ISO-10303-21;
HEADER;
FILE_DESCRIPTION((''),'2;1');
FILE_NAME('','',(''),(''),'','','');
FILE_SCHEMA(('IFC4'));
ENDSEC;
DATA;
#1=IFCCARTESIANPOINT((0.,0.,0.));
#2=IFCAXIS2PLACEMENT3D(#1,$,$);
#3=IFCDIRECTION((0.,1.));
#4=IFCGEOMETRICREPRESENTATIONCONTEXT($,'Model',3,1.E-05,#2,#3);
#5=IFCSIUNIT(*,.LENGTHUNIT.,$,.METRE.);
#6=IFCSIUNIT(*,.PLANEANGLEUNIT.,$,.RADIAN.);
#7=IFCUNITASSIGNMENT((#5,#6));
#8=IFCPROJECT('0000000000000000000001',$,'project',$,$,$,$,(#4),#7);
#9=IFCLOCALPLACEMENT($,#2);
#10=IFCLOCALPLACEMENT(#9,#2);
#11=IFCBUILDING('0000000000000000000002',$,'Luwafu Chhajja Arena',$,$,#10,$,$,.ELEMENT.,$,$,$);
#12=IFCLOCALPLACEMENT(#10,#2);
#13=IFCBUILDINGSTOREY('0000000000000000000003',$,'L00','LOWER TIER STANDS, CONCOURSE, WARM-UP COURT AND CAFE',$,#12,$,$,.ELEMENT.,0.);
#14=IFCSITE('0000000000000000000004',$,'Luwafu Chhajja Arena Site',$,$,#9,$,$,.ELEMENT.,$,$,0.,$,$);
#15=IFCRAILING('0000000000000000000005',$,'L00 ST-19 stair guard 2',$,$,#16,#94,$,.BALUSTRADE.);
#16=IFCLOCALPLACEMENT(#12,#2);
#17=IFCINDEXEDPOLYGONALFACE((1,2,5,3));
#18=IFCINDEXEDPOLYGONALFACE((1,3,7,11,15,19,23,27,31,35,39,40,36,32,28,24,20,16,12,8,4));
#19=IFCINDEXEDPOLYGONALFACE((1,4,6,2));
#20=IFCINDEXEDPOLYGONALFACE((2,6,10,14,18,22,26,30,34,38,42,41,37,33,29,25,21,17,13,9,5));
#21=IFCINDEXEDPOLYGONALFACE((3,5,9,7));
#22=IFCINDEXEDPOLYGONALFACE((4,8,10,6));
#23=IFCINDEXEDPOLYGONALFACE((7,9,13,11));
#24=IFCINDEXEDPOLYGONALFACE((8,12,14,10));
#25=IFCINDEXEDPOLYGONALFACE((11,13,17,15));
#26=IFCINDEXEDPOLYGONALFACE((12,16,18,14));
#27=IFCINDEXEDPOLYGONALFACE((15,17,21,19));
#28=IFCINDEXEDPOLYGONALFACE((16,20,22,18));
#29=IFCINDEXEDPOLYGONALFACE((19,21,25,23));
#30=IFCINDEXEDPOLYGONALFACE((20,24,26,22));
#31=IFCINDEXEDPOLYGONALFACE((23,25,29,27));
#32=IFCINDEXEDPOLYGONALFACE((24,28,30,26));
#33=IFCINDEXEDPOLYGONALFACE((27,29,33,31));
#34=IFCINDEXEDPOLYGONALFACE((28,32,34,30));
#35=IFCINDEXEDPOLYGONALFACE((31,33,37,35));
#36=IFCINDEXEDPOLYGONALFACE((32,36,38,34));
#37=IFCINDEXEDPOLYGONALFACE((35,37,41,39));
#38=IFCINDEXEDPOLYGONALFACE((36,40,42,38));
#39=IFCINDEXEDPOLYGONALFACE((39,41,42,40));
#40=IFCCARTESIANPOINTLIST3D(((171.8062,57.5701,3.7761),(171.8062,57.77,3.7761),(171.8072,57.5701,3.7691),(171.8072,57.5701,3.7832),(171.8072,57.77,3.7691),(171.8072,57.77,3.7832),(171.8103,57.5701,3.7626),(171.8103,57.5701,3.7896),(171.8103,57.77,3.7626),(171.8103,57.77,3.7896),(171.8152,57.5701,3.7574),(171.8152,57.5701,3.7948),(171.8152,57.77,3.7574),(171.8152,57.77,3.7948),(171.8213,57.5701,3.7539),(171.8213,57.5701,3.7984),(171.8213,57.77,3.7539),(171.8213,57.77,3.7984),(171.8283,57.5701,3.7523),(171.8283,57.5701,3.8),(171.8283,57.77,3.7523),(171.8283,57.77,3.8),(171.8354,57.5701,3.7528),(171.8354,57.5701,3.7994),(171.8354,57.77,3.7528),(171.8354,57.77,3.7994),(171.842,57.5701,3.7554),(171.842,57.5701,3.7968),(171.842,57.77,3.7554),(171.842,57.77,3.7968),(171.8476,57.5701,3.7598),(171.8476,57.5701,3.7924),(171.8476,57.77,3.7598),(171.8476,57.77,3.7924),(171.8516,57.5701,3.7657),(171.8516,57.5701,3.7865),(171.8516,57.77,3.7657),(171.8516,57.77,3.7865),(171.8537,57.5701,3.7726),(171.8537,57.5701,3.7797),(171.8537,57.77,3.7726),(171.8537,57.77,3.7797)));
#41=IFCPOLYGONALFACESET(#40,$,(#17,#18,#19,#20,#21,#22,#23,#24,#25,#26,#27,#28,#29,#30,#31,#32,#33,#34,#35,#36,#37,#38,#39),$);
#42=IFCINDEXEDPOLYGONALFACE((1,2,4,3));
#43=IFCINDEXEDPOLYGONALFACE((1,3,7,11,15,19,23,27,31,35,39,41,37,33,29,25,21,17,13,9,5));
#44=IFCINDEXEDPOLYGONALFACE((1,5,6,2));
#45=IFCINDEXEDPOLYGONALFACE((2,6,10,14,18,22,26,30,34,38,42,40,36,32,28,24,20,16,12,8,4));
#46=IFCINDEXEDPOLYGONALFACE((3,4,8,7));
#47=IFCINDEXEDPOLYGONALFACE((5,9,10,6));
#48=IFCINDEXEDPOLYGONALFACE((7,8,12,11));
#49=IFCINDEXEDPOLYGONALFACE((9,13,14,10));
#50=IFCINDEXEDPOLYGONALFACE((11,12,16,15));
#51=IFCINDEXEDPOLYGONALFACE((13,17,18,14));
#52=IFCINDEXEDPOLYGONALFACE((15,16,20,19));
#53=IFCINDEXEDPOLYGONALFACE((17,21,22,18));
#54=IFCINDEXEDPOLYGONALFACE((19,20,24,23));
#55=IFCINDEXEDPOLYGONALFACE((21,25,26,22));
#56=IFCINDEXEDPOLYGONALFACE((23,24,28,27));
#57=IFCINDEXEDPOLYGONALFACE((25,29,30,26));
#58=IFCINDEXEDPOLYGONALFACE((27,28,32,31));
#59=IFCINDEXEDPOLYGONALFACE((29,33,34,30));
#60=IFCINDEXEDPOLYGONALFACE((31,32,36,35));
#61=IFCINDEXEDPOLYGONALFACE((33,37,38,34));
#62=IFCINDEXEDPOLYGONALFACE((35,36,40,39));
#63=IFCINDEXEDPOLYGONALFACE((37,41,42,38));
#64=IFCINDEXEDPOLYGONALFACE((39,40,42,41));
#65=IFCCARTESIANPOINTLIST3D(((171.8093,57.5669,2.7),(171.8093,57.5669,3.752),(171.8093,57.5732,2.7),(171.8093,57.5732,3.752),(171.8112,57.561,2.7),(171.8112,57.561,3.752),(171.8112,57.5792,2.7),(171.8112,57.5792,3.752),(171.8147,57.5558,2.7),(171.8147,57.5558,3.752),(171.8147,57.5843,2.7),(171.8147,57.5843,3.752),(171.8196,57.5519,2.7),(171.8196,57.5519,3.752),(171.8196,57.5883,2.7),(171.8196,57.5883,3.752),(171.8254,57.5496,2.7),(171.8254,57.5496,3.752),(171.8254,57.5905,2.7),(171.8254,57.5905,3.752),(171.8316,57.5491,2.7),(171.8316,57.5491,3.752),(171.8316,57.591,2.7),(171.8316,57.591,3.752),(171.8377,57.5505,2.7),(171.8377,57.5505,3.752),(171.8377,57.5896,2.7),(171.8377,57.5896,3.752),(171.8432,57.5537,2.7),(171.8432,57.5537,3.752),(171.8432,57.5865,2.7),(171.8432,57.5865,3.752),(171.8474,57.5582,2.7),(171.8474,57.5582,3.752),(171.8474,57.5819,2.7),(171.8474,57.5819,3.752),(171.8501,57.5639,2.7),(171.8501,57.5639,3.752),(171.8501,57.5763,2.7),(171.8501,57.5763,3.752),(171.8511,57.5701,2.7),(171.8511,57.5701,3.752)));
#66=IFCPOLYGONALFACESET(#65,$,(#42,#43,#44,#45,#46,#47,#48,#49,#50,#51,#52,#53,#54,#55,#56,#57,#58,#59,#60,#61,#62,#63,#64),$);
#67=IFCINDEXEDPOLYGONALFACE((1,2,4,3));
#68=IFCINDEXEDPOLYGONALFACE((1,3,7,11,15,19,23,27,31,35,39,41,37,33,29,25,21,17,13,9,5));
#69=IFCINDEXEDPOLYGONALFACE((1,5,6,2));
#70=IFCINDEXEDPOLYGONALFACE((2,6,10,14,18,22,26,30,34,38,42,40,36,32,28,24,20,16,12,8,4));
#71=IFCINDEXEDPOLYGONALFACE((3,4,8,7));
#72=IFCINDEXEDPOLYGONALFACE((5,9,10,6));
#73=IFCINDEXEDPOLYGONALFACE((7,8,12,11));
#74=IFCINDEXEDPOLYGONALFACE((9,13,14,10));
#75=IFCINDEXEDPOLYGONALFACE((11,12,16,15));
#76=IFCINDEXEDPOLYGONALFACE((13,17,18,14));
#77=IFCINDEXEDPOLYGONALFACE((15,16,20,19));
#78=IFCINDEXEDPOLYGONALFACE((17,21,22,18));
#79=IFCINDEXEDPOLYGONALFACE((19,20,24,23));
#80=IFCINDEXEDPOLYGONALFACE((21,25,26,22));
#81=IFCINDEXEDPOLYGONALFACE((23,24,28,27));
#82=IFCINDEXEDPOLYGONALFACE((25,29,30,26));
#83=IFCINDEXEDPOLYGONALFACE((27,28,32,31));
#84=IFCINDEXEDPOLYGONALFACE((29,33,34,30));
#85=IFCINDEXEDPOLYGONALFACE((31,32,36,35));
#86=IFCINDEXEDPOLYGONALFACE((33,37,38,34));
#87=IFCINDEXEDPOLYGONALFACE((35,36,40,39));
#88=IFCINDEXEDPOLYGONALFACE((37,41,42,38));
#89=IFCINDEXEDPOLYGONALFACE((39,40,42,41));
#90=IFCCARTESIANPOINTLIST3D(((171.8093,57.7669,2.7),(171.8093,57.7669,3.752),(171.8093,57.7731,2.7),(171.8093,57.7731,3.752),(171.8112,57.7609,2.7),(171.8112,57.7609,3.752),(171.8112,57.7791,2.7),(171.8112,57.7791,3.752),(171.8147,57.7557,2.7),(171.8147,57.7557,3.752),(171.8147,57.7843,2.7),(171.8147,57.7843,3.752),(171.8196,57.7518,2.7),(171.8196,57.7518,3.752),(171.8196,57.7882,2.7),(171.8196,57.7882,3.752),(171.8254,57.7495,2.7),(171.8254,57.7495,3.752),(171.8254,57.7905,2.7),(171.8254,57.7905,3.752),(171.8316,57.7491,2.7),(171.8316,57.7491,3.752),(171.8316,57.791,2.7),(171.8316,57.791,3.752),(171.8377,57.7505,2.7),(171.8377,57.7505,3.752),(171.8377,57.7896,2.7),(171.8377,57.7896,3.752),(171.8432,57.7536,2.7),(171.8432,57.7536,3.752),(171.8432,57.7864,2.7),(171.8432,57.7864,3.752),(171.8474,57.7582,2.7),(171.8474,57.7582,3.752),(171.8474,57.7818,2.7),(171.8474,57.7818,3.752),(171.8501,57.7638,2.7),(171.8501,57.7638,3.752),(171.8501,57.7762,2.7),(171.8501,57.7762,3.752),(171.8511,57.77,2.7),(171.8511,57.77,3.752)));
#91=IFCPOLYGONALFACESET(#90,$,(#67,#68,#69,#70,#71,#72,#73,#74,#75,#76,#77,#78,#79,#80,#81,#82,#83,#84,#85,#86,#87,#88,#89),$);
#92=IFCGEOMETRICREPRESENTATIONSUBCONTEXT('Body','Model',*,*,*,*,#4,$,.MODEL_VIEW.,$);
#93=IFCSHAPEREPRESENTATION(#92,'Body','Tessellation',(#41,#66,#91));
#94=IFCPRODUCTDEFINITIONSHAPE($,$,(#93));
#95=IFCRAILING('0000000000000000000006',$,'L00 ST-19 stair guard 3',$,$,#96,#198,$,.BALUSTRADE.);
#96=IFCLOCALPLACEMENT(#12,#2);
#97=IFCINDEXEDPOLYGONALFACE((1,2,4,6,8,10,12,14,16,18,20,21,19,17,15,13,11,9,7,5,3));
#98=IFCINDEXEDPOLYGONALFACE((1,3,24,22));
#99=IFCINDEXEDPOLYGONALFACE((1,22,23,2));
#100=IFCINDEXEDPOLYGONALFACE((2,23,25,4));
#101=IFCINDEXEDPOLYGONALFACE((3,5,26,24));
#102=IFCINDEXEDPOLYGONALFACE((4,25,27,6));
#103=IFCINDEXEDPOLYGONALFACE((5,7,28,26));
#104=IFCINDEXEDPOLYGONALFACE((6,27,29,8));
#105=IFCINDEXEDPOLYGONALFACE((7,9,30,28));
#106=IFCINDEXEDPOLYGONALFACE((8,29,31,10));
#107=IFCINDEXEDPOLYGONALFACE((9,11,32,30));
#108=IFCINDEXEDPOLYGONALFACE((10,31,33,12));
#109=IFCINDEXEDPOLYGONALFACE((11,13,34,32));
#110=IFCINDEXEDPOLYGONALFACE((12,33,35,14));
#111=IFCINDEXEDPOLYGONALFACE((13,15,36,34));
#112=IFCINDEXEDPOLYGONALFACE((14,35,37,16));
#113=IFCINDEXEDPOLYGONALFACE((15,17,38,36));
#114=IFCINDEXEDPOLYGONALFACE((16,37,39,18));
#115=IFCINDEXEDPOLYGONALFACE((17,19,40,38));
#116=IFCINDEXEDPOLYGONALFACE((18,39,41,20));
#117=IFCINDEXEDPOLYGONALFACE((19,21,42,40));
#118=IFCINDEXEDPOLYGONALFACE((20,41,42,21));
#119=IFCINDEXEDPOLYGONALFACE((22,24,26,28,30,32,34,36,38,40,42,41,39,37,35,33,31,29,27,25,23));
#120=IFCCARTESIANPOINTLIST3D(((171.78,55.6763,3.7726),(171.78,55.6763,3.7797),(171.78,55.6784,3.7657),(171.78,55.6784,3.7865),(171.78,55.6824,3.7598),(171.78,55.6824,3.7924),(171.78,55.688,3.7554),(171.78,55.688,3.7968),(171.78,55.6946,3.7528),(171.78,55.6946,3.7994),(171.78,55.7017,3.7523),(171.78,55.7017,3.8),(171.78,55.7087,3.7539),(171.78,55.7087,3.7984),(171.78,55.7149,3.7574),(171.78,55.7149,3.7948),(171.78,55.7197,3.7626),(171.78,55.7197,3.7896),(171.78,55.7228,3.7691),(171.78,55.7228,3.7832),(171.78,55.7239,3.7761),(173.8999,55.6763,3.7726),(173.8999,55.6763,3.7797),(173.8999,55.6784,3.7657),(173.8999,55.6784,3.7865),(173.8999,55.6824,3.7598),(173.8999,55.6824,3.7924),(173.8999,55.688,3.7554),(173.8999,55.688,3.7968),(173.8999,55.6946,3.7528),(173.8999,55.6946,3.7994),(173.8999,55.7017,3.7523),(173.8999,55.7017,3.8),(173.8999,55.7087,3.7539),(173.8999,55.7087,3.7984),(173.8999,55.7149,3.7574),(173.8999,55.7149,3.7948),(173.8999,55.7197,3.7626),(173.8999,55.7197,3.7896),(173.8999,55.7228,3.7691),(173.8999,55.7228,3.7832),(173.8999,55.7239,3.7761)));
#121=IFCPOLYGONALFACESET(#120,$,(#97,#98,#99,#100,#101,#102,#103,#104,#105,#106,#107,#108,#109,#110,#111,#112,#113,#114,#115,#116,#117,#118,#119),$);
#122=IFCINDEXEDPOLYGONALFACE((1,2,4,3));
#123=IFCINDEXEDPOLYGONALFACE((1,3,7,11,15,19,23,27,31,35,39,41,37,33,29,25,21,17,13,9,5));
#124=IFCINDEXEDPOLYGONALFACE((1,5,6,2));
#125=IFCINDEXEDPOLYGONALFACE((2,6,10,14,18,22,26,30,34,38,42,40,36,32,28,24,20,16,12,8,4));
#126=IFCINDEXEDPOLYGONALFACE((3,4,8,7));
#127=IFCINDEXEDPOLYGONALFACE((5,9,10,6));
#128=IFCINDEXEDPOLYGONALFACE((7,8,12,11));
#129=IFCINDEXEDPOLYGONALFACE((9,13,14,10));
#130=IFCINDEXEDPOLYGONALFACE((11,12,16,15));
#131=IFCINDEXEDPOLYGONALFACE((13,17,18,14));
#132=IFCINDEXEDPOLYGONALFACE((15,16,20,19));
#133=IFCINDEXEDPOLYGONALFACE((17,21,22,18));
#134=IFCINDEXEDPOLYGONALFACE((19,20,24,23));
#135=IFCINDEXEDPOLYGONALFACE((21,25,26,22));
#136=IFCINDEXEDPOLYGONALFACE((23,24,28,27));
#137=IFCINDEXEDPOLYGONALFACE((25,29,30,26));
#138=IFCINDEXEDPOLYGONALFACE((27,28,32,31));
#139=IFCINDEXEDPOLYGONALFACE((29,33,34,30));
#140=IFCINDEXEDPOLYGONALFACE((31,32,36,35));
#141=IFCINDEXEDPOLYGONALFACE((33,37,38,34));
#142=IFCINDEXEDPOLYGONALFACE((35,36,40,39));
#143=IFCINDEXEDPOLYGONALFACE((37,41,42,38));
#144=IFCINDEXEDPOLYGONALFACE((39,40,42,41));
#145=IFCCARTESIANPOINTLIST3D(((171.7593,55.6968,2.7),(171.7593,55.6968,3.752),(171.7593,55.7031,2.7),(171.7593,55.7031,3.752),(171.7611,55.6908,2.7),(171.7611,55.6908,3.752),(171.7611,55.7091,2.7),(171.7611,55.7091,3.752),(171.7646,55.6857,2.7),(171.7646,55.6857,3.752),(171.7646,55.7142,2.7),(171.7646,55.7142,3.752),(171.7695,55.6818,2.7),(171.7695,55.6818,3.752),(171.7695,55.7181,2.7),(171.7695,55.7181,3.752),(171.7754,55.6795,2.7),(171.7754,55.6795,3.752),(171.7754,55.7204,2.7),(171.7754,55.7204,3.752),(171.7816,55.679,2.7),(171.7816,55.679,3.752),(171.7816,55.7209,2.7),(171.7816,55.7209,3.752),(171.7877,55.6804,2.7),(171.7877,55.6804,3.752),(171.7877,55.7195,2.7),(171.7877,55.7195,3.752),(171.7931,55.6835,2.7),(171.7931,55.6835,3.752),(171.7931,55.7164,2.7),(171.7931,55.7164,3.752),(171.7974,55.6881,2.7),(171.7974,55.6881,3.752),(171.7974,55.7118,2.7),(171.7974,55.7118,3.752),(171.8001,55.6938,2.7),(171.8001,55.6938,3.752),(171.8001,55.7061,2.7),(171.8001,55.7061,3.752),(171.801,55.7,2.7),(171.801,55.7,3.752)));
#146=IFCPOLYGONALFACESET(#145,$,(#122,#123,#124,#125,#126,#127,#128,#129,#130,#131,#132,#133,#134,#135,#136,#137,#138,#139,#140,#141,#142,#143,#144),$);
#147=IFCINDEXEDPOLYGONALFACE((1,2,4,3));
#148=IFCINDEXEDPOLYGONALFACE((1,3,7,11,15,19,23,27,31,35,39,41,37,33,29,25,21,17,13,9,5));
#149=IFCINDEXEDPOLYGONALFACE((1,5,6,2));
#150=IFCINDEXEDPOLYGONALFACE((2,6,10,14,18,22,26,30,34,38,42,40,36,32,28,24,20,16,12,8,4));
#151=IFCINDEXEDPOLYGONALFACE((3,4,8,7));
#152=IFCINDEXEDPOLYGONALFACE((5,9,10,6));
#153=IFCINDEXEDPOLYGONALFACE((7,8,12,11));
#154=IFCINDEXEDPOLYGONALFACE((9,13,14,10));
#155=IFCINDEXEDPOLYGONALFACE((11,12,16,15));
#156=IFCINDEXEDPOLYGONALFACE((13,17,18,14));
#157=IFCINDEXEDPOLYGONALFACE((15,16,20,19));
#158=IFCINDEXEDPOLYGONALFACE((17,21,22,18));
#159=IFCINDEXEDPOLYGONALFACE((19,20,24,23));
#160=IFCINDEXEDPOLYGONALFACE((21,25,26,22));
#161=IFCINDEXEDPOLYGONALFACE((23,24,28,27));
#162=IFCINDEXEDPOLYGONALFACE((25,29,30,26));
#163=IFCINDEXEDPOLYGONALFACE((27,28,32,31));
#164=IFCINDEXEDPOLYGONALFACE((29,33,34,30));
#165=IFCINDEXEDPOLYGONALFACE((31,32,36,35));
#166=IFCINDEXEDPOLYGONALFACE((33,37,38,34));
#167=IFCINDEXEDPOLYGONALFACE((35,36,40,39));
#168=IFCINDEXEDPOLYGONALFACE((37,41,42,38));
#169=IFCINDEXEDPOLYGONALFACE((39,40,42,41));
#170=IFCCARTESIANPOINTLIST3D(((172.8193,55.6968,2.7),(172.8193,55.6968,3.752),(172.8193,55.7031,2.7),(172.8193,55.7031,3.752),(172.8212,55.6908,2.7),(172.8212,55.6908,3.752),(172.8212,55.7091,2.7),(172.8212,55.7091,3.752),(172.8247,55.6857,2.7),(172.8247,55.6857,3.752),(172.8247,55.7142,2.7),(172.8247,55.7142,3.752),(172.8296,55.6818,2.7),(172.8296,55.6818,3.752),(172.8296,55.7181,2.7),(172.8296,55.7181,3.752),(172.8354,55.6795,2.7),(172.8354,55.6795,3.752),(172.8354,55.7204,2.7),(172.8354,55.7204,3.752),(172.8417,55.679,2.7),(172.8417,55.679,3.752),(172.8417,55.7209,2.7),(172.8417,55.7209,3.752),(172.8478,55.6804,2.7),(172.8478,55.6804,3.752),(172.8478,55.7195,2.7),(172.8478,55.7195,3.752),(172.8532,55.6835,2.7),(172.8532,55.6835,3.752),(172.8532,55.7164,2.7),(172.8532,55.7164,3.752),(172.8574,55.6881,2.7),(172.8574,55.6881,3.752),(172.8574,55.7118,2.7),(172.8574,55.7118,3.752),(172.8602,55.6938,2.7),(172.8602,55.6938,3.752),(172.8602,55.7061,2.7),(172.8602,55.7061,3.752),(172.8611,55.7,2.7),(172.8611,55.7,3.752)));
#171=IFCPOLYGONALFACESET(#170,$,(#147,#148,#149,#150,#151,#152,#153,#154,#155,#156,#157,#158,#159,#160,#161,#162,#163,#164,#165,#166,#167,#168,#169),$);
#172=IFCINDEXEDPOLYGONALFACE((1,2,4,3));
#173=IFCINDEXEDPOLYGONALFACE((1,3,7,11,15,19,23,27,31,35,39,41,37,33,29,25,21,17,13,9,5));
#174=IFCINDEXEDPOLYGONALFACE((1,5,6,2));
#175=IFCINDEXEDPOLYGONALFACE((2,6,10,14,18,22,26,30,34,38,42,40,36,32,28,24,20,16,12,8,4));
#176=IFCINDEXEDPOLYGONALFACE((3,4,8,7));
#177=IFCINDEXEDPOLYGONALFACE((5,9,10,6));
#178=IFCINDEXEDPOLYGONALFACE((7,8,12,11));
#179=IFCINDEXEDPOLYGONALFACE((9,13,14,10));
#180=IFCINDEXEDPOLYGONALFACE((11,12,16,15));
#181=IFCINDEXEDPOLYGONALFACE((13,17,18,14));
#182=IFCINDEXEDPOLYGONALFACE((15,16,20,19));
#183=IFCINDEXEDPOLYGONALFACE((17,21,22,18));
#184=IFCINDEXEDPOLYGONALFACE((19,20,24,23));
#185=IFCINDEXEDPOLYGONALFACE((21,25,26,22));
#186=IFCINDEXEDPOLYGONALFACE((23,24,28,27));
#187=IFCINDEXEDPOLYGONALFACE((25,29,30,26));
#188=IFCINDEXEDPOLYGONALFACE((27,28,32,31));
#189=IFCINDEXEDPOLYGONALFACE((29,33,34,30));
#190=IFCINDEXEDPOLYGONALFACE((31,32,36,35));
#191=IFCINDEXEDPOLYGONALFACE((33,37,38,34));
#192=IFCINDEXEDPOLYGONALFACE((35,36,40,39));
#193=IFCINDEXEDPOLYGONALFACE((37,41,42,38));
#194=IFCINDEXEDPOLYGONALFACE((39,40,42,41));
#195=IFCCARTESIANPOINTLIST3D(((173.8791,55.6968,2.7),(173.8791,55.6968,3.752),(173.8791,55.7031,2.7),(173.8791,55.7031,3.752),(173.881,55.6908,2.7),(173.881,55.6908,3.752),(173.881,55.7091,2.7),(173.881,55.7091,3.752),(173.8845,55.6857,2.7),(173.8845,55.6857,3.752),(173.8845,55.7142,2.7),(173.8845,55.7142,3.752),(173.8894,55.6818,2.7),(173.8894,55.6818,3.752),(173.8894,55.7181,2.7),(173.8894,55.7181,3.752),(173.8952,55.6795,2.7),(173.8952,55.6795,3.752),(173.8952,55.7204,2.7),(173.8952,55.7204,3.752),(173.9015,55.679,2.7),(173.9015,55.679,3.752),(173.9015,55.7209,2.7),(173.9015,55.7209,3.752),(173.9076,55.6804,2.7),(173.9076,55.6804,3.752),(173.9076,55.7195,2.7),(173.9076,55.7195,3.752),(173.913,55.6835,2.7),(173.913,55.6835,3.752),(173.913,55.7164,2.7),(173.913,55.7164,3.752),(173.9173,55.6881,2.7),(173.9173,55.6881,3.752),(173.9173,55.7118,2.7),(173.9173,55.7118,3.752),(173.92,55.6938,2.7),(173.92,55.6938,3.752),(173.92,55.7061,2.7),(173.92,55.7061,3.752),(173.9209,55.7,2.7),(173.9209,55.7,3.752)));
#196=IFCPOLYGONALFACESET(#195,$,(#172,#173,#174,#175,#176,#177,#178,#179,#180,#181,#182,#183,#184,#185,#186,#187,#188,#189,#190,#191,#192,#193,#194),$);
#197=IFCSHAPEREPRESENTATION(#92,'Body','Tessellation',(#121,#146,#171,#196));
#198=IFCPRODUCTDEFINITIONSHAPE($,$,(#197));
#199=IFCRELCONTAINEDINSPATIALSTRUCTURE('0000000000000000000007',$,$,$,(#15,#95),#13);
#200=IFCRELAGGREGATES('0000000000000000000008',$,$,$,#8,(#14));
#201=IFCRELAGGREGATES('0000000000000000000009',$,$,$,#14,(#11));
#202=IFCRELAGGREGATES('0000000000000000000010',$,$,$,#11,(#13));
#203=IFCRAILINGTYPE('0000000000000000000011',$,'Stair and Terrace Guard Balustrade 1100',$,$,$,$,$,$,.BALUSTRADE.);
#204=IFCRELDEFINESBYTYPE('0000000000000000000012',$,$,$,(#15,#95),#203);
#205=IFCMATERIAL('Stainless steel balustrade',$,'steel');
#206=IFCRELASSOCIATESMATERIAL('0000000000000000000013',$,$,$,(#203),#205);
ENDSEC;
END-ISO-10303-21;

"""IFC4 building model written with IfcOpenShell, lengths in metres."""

from ifc_helpers import new_model, si_unit, direction, frame, origin, origin_2d, place, context, subcontext, project, spatial, circle, extrude, material, type_object, element, save


model = new_model("IFC4")

# Units and contexts
model_context = context("Model", 3, precision=1e-05, world=origin(), true_north=direction((0.0, 1.0)))
body_context = subcontext(model_context, "Body", "Model", "MODEL_VIEW")
ifc_project = project(units=[si_unit("LENGTHUNIT", "METRE"), si_unit("PLANEANGLEUNIT", "RADIAN")], contexts=[model_context])

# Site, building, storey
site_placement = place(None, origin())
site = spatial("IfcSite", under=ifc_project, at=site_placement, Name="Luwafu Chhajja Arena Site", CompositionType="ELEMENT", RefElevation=0.0)
building_placement = place(site_placement, origin())
building = spatial("IfcBuilding", under=site, at=building_placement, Name="Luwafu Chhajja Arena", CompositionType="ELEMENT")
storey_placement = place(building_placement, origin())
storey = spatial("IfcBuildingStorey", under=building, at=storey_placement, Name="L00", Description="LOWER TIER STANDS, CONCOURSE, WARM-UP COURT AND CAFE", CompositionType="ELEMENT", Elevation=0.0)

# Railings
ifc_material_1 = material(Name="Stainless steel balustrade", Category="steel")
railing_type_1 = type_object("IfcRailingType", Name="Stair and Terrace Guard Balustrade 1100", PredefinedType="BALUSTRADE", material=ifc_material_1)
railing_1_placement = place(storey_placement, frame((171.8301, 57.5701, 2.7)))
element("IfcRailing", 1, at=railing_1_placement, inside=storey, type_object=railing_type_1, Name="L00 ST-19 stair guard 2", PredefinedType="BALUSTRADE", context=body_context, shape_type="SweptSolid", body=[
    extrude(circle(Radius=0.0239, at=origin_2d()), frame((0.0, 0.0, 1.0762), z_axis=(0.0, 1.0, 0.0), x_axis=(-1.0, 0.0, 0.0)), (0.0, 0.0, 1.0), 0.2),
    extrude(circle(Radius=0.021, at=origin_2d()), origin(), (0.0, 0.0, 1.0), 1.052),
    extrude(circle(Radius=0.021, at=origin_2d()), frame((0.0, 0.2, 0.0)), (0.0, 0.0, 1.0), 1.052),
])
for number, where, name in (
    (2, (171.78, 55.7, 2.7), "L00 ST-19 stair guard 3"),
):
    element("IfcRailing", number, at=place(storey_placement, frame(where)), inside=storey, type_object=railing_type_1, Name=name, PredefinedType="BALUSTRADE", context=body_context, shape_type="SweptSolid", body=[
        extrude(circle(Radius=0.0239, at=origin_2d()), frame((0.0, 0.0, 1.0762), z_axis=(1.0, 0.0, 0.0), x_axis=(0.0, 1.0, 0.0)), (0.0, 0.0, 1.0), 2.1199),
        extrude(circle(Radius=0.021, at=origin_2d()), origin(), (0.0, 0.0, 1.0), 1.052),
        extrude(circle(Radius=0.021, at=origin_2d()), frame((1.0601, 0.0, 0.0)), (0.0, 0.0, 1.0), 1.052),
        extrude(circle(Radius=0.021, at=origin_2d()), frame((2.1199, 0.0, 0.0)), (0.0, 0.0, 1.0), 1.052),
    ])

save(model, "model.ifc")
